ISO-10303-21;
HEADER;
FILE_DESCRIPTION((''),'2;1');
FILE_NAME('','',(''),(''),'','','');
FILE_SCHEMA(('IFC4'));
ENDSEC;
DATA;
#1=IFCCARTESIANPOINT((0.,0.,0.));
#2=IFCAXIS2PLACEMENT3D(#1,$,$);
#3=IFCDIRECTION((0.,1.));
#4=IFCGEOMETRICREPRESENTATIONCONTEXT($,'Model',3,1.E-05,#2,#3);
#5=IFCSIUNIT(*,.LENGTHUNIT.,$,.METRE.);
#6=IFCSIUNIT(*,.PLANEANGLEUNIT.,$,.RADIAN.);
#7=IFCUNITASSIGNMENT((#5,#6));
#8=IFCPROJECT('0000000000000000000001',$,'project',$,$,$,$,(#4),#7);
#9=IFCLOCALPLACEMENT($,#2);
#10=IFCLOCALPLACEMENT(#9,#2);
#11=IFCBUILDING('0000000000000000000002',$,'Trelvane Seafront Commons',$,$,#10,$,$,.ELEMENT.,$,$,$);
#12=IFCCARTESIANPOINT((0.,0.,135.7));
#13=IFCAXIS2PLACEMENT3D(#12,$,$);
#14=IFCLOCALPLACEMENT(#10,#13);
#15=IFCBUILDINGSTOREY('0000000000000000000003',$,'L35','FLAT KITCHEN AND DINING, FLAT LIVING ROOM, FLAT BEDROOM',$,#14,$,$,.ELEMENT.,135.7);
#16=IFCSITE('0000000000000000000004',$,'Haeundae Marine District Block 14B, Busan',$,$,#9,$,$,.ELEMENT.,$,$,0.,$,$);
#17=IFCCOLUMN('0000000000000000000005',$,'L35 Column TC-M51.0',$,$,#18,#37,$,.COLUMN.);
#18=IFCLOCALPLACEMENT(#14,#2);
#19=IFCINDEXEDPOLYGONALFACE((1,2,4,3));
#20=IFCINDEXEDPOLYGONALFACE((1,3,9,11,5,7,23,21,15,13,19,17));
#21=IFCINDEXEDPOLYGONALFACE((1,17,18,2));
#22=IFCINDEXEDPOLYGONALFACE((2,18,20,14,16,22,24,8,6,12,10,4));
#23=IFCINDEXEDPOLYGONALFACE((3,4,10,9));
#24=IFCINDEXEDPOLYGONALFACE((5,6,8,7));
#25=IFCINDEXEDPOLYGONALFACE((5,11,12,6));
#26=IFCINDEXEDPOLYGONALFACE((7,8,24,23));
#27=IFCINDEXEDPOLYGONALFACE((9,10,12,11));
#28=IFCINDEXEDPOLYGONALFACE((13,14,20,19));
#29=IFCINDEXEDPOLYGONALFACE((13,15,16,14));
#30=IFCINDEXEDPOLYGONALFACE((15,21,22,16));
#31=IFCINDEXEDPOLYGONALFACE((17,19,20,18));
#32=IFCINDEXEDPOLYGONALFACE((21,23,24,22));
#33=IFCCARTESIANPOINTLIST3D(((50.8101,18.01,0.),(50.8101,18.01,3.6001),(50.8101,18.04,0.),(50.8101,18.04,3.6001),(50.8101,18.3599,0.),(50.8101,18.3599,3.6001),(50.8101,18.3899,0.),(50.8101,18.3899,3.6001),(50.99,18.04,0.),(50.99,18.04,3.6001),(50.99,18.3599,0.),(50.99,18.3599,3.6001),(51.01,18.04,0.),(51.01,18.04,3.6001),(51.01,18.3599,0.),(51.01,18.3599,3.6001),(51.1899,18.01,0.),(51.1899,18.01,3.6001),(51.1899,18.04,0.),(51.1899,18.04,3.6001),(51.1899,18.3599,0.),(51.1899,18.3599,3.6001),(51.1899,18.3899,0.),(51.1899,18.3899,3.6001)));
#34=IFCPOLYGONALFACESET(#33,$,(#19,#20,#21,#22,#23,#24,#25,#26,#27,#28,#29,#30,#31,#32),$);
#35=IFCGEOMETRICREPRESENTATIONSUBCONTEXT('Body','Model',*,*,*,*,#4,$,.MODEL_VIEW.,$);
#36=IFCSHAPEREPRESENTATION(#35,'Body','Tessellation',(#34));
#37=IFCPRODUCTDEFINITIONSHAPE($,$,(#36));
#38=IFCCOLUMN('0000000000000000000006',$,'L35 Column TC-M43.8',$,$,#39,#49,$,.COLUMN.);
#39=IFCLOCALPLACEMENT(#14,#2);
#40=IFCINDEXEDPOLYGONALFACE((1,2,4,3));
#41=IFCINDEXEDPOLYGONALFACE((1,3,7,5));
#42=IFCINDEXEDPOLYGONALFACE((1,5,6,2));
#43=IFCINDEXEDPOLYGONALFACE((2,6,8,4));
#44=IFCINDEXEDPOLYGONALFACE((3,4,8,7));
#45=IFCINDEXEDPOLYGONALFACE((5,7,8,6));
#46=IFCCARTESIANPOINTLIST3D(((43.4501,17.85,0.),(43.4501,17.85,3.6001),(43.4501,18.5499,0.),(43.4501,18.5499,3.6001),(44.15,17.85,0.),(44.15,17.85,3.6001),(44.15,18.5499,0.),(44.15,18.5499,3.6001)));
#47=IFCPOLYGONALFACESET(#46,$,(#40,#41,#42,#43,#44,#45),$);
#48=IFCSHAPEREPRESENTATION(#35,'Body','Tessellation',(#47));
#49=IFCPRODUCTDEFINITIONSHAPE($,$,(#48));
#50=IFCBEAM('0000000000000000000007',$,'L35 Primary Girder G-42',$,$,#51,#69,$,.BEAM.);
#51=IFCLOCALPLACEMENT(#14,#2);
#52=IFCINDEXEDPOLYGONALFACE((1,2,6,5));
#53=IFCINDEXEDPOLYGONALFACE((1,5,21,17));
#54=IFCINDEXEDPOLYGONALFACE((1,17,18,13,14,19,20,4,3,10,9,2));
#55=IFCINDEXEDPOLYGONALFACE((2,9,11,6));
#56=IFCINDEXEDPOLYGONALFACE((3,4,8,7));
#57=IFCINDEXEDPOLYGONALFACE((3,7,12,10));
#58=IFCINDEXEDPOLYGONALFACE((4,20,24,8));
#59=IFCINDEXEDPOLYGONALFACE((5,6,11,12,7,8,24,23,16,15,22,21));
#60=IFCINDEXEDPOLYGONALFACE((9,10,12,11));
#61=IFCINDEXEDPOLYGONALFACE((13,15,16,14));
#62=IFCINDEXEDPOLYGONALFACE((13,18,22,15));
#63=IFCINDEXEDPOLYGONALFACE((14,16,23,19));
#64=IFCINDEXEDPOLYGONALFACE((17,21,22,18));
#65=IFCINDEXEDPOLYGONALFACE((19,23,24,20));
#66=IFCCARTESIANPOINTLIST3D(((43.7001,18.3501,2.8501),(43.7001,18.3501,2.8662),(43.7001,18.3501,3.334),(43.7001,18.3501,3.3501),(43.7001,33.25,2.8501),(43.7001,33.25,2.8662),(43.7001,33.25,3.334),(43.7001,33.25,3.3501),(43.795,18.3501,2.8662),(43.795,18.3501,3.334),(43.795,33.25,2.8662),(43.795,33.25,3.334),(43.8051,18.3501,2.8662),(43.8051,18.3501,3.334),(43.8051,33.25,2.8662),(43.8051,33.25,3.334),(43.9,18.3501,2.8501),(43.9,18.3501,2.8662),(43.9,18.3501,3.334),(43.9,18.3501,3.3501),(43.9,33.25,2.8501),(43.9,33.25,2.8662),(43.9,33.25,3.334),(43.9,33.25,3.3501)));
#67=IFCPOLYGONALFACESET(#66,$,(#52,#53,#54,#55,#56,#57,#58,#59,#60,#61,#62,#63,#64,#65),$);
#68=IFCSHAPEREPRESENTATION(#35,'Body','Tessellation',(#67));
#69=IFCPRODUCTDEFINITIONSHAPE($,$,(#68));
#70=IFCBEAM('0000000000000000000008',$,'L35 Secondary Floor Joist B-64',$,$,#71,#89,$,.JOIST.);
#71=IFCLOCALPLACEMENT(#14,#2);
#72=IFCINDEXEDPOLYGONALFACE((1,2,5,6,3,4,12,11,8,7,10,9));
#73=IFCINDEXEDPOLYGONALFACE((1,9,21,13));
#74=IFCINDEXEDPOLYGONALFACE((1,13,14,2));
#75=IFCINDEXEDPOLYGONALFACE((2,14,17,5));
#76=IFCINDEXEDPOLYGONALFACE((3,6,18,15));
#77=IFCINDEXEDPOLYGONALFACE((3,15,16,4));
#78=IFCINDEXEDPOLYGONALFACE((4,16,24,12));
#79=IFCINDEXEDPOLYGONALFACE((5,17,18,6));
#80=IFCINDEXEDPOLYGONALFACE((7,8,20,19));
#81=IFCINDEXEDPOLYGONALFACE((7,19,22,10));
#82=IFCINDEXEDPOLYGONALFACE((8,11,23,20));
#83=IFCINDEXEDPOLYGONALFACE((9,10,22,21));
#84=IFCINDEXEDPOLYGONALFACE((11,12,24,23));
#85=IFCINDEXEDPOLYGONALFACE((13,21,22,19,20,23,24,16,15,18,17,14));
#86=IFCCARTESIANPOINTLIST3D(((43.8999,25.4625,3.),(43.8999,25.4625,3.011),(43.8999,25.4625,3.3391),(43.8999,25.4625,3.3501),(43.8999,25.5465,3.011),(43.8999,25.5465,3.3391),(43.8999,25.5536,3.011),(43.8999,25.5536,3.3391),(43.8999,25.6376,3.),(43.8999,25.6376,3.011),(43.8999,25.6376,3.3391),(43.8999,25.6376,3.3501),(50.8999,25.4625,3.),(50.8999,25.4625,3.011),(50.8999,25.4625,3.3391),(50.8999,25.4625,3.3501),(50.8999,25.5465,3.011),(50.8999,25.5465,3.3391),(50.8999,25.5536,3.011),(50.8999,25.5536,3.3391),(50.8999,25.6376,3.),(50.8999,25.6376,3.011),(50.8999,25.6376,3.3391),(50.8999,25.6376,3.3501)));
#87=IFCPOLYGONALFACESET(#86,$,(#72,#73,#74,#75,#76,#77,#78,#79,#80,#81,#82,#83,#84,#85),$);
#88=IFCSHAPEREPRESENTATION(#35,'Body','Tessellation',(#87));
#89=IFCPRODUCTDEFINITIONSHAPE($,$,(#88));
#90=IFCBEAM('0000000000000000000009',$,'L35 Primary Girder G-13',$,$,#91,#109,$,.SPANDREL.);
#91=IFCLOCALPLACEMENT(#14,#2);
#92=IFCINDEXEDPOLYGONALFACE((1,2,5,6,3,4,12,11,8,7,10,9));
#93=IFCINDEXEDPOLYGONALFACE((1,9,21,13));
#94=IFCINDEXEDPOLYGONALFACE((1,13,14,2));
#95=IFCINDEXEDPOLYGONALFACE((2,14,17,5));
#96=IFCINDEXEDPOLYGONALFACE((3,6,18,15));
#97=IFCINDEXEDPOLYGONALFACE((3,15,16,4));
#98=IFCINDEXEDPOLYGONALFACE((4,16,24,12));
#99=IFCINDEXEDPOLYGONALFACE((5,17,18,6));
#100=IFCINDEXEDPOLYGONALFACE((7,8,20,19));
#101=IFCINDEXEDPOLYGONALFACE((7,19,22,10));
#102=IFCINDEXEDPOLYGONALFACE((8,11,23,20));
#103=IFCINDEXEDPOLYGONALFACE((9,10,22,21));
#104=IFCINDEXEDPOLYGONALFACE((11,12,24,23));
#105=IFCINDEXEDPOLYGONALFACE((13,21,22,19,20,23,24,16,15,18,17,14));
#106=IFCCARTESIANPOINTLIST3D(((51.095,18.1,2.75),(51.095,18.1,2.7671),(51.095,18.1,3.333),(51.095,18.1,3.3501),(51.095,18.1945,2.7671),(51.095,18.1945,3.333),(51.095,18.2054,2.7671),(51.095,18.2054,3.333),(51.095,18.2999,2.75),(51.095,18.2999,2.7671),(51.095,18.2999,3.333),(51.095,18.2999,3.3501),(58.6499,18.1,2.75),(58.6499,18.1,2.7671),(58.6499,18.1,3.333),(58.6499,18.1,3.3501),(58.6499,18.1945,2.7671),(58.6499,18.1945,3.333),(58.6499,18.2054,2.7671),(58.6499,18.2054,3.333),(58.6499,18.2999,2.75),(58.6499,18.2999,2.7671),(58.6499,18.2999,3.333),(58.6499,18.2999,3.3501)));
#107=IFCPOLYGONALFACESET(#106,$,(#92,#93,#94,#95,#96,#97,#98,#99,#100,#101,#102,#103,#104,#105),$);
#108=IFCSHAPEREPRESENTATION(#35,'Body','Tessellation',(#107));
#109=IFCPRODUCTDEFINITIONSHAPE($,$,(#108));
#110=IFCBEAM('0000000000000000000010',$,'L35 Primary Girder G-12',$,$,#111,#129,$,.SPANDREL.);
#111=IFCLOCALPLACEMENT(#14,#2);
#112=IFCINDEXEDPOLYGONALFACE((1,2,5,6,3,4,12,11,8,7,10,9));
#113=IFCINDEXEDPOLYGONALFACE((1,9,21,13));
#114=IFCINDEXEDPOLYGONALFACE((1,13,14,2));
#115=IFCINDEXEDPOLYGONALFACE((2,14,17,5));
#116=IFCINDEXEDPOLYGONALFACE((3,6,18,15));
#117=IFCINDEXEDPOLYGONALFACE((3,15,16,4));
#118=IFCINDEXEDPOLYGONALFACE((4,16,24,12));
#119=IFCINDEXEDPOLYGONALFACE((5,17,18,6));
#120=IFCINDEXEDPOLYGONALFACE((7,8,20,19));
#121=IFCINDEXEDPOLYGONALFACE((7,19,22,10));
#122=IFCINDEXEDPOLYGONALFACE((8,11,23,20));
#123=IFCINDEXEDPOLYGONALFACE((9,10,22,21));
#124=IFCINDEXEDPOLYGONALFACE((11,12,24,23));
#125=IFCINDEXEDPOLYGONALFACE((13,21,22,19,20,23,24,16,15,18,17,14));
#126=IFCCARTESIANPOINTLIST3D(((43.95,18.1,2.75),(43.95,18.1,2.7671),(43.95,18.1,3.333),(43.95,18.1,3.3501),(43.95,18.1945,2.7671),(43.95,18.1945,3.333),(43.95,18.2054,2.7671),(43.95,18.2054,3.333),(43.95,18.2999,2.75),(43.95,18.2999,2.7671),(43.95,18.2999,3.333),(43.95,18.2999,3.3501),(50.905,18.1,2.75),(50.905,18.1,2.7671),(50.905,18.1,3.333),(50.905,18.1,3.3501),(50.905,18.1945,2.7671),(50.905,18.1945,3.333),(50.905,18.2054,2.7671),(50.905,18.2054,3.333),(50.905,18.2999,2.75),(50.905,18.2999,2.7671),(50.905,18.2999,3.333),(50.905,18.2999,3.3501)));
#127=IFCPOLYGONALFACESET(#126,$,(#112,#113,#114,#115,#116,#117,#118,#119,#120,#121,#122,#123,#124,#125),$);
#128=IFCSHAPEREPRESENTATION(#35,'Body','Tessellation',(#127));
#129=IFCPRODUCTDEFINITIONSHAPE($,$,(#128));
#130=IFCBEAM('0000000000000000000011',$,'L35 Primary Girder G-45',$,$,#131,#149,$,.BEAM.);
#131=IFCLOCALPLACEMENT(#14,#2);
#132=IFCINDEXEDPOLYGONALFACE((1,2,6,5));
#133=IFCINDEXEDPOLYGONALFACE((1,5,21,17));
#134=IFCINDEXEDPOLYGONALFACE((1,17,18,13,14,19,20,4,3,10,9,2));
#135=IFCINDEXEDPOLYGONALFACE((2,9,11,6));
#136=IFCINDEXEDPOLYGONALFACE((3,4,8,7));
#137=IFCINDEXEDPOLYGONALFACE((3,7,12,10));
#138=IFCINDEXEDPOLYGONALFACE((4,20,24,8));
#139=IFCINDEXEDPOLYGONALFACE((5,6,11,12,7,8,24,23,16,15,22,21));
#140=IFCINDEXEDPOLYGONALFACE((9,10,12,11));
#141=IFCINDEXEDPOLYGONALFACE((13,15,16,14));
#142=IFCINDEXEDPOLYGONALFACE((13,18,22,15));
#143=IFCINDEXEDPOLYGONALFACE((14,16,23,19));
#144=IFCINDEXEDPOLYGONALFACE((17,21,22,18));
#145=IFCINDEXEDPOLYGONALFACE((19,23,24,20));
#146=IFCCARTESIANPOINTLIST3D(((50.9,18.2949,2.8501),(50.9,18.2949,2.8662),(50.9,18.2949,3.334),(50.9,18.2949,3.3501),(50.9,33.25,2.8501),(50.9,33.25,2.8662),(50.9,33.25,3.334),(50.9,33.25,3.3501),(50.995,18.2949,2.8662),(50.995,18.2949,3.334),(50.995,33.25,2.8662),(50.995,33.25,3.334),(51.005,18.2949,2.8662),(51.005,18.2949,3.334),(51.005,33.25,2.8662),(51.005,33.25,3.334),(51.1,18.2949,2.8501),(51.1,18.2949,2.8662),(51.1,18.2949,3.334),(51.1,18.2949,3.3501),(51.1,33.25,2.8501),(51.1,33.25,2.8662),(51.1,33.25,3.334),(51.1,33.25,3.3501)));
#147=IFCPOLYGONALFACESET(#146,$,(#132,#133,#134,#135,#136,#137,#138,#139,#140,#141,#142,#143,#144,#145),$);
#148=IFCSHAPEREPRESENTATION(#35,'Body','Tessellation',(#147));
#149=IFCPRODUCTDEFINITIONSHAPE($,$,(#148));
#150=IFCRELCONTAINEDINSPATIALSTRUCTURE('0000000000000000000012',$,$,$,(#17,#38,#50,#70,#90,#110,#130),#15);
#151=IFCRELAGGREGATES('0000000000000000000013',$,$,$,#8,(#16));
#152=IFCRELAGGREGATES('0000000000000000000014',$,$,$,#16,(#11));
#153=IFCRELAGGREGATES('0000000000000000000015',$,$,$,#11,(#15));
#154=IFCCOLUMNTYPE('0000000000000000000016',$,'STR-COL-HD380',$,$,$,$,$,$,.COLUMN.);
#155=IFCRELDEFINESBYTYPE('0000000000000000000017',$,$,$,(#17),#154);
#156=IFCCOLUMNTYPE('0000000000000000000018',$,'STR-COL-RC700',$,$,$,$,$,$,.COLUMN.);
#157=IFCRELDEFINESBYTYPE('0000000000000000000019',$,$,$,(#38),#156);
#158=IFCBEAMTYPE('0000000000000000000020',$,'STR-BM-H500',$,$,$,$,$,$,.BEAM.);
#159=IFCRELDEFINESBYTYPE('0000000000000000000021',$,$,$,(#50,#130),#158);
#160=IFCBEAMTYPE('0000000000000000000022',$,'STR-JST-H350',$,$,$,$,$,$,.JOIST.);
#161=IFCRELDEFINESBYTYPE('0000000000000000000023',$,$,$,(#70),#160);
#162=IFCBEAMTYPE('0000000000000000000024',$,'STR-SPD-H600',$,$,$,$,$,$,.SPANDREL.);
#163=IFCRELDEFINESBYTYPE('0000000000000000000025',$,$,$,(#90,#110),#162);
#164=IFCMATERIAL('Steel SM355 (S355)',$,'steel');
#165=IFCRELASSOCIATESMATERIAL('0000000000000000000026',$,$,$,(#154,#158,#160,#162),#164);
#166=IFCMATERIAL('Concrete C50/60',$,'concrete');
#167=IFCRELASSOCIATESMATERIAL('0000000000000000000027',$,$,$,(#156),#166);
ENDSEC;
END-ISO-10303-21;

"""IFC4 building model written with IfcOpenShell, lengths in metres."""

from ifc_helpers import new_model, si_unit, direction, frame, origin, origin_2d, place, context, subcontext, project, spatial, rectangle, i_section, extrude, source, transform, mapped, material, material_profile, profile_set, type_object, element, save


model = new_model("IFC4")

# Units and contexts
model_context = context("Model", 3, precision=1e-05, world=origin(), true_north=direction((0.0, 1.0)))
body_context = subcontext(model_context, "Body", "Model", "MODEL_VIEW")
ifc_project = project(units=[si_unit("LENGTHUNIT", "METRE"), si_unit("PLANEANGLEUNIT", "RADIAN")], contexts=[model_context])

# Site, building, storey
site_placement = place(None, origin())
site = spatial("IfcSite", under=ifc_project, at=site_placement, Name="Haeundae Marine District Block 14B, Busan", CompositionType="ELEMENT", RefElevation=0.0)
building_placement = place(site_placement, origin())
building = spatial("IfcBuilding", under=site, at=building_placement, Name="Trelvane Seafront Commons", CompositionType="ELEMENT")
storey_placement = place(building_placement, frame((0.0, 0.0, 135.7)))
storey = spatial("IfcBuildingStorey", under=building, at=storey_placement, Name="L35", Description="FLAT KITCHEN AND DINING, FLAT LIVING ROOM, FLAT BEDROOM", CompositionType="ELEMENT", Elevation=135.7)

# Columns
ifc_material_1 = material(Name="Steel SM355 (S355)", Category="steel")
ifc_material_profile_1 = material_profile(ifc_material_1, i_section(OverallWidth=0.3799, OverallDepth=0.3799, WebThickness=0.02, FlangeThickness=0.03, at=origin_2d()), Name="HD-380x380x20x30")
ifc_profile_set_1 = profile_set([ifc_material_profile_1], Name="Steel SM355 (S355)")
column_type_1 = type_object("IfcColumnType", Name="STR-COL-HD380", PredefinedType="COLUMN", material=ifc_profile_set_1)
shared_shape_1 = source(origin(), body_context, "Body", "SweptSolid", [
    extrude(i_section(OverallWidth=0.3799, OverallDepth=0.3799, WebThickness=0.02, FlangeThickness=0.03, at=origin_2d()), origin(), (0.0, 0.0, 1.0), 3.6001),
])
column_1_placement = place(storey_placement, frame((51.0, 18.2, 0.0), z_axis=(0.0, 0.0, 1.0), x_axis=(1.0, 0.0, 0.0)))
element("IfcColumn", 1, at=column_1_placement, inside=storey, type_object=column_type_1, Name="L35 Column TC-M51.0", PredefinedType="COLUMN", context=body_context, shape_type="MappedRepresentation", body=[
    mapped(shared_shape_1, transform((0.0, 0.0, 0.0), x_axis=(1.0, 0.0, 0.0), y_axis=(0.0, 1.0, 0.0), z_axis=(0.0, 0.0, 1.0), scale=1.0)),
])
ifc_material_2 = material(Name="Concrete C50/60", Category="concrete")
ifc_material_profile_2 = material_profile(ifc_material_2, rectangle(XDim=0.7, YDim=0.7, at=origin_2d()), Name="RC-700x700")
ifc_profile_set_2 = profile_set([ifc_material_profile_2], Name="Concrete C50/60")
column_type_2 = type_object("IfcColumnType", Name="STR-COL-RC700", PredefinedType="COLUMN", material=ifc_profile_set_2)
shared_shape_2 = source(origin(), body_context, "Body", "SweptSolid", [
    extrude(rectangle(XDim=0.7, YDim=0.7, at=origin_2d()), origin(), (0.0, 0.0, 1.0), 3.6001),
])
column_2_placement = place(storey_placement, frame((43.8, 18.2, 0.0), z_axis=(0.0, 0.0, 1.0), x_axis=(1.0, 0.0, 0.0)))
element("IfcColumn", 2, at=column_2_placement, inside=storey, type_object=column_type_2, Name="L35 Column TC-M43.8", PredefinedType="COLUMN", context=body_context, shape_type="MappedRepresentation", body=[
    mapped(shared_shape_2, transform((0.0, 0.0, 0.0), x_axis=(1.0, 0.0, 0.0), y_axis=(0.0, 1.0, 0.0), z_axis=(0.0, 0.0, 1.0), scale=1.0)),
])

# Beams
ifc_material_profile_3 = material_profile(ifc_material_1, i_section(OverallWidth=0.2, OverallDepth=0.5, WebThickness=0.01, FlangeThickness=0.0161, at=origin_2d()), Name="H-500x200x10x16")
ifc_profile_set_3 = profile_set([ifc_material_profile_3], Name="Steel SM355 (S355)")
beam_type_1 = type_object("IfcBeamType", Name="STR-BM-H500", PredefinedType="BEAM", material=ifc_profile_set_3)
shared_shape_3 = source(origin(), body_context, "Body", "SweptSolid", [
    extrude(i_section(OverallWidth=0.2, OverallDepth=0.5, WebThickness=0.01, FlangeThickness=0.0161, at=origin_2d()), origin(), (0.0, 0.0, 1.0), 14.8999),
])
beam_1_placement = place(storey_placement, frame((43.8, 18.3501, 3.1001), z_axis=(0.0, 1.0, 0.0), x_axis=(-1.0, 0.0, 0.0)))
element("IfcBeam", 3, at=beam_1_placement, inside=storey, type_object=beam_type_1, Name="L35 Primary Girder G-42", PredefinedType="BEAM", context=body_context, shape_type="MappedRepresentation", body=[
    mapped(shared_shape_3, transform((0.0, 0.0, 0.0), x_axis=(1.0, 0.0, 0.0), y_axis=(0.0, 1.0, 0.0), z_axis=(0.0, 0.0, 1.0), scale=1.0)),
])
ifc_material_profile_4 = material_profile(ifc_material_1, i_section(OverallWidth=0.175, OverallDepth=0.3501, WebThickness=0.0071, FlangeThickness=0.011, at=origin_2d()), Name="H-350x175x7x11")
ifc_profile_set_4 = profile_set([ifc_material_profile_4], Name="Steel SM355 (S355)")
beam_type_2 = type_object("IfcBeamType", Name="STR-JST-H350", PredefinedType="JOIST", material=ifc_profile_set_4)
shared_shape_4 = source(origin(), body_context, "Body", "SweptSolid", [
    extrude(i_section(OverallWidth=0.175, OverallDepth=0.3501, WebThickness=0.0071, FlangeThickness=0.011, at=origin_2d()), origin(), (0.0, 0.0, 1.0), 7.0),
])
beam_2_placement = place(storey_placement, frame((43.8999, 25.55, 3.175), z_axis=(1.0, 0.0, 0.0), x_axis=(0.0, 1.0, 0.0)))
element("IfcBeam", 4, at=beam_2_placement, inside=storey, type_object=beam_type_2, Name="L35 Secondary Floor Joist B-64", PredefinedType="JOIST", context=body_context, shape_type="MappedRepresentation", body=[
    mapped(shared_shape_4, transform((0.0, 0.0, 0.0), x_axis=(1.0, 0.0, 0.0), y_axis=(0.0, 1.0, 0.0), z_axis=(0.0, 0.0, 1.0), scale=1.0)),
])
ifc_material_profile_5 = material_profile(ifc_material_1, i_section(OverallWidth=0.2, OverallDepth=0.6001, WebThickness=0.011, FlangeThickness=0.0171, at=origin_2d()), Name="H-600x200x11x17")
ifc_profile_set_5 = profile_set([ifc_material_profile_5], Name="Steel SM355 (S355)")
beam_type_3 = type_object("IfcBeamType", Name="STR-SPD-H600", PredefinedType="SPANDREL", material=ifc_profile_set_5)
shared_shape_5 = source(origin(), body_context, "Body", "SweptSolid", [
    extrude(i_section(OverallWidth=0.2, OverallDepth=0.6001, WebThickness=0.011, FlangeThickness=0.0171, at=origin_2d()), origin(), (0.0, 0.0, 1.0), 7.5549),
])
beam_3_placement = place(storey_placement, frame((51.095, 18.2, 3.05), z_axis=(1.0, 0.0, 0.0), x_axis=(0.0, 1.0, 0.0)))
element("IfcBeam", 5, at=beam_3_placement, inside=storey, type_object=beam_type_3, Name="L35 Primary Girder G-13", PredefinedType="SPANDREL", context=body_context, shape_type="MappedRepresentation", body=[
    mapped(shared_shape_5, transform((0.0, 0.0, 0.0), x_axis=(1.0, 0.0, 0.0), y_axis=(0.0, 1.0, 0.0), z_axis=(0.0, 0.0, 1.0), scale=1.0)),
])
shared_shape_6 = source(origin(), body_context, "Body", "SweptSolid", [
    extrude(i_section(OverallWidth=0.2, OverallDepth=0.6001, WebThickness=0.011, FlangeThickness=0.0171, at=origin_2d()), origin(), (0.0, 0.0, 1.0), 6.9551),
])
beam_4_placement = place(storey_placement, frame((43.95, 18.2, 3.05), z_axis=(1.0, 0.0, 0.0), x_axis=(0.0, 1.0, 0.0)))
element("IfcBeam", 6, at=beam_4_placement, inside=storey, type_object=beam_type_3, Name="L35 Primary Girder G-12", PredefinedType="SPANDREL", context=body_context, shape_type="MappedRepresentation", body=[
    mapped(shared_shape_6, transform((0.0, 0.0, 0.0), x_axis=(1.0, 0.0, 0.0), y_axis=(0.0, 1.0, 0.0), z_axis=(0.0, 0.0, 1.0), scale=1.0)),
])
shared_shape_7 = source(origin(), body_context, "Body", "SweptSolid", [
    extrude(i_section(OverallWidth=0.2, OverallDepth=0.5, WebThickness=0.01, FlangeThickness=0.0161, at=origin_2d()), origin(), (0.0, 0.0, 1.0), 14.9551),
])
beam_5_placement = place(storey_placement, frame((51.0, 18.2949, 3.1001), z_axis=(0.0, 1.0, 0.0), x_axis=(-1.0, 0.0, 0.0)))
element("IfcBeam", 7, at=beam_5_placement, inside=storey, type_object=beam_type_1, Name="L35 Primary Girder G-45", PredefinedType="BEAM", context=body_context, shape_type="MappedRepresentation", body=[
    mapped(shared_shape_7, transform((0.0, 0.0, 0.0), x_axis=(1.0, 0.0, 0.0), y_axis=(0.0, 1.0, 0.0), z_axis=(0.0, 0.0, 1.0), scale=1.0)),
])

save(model, "model.ifc")
